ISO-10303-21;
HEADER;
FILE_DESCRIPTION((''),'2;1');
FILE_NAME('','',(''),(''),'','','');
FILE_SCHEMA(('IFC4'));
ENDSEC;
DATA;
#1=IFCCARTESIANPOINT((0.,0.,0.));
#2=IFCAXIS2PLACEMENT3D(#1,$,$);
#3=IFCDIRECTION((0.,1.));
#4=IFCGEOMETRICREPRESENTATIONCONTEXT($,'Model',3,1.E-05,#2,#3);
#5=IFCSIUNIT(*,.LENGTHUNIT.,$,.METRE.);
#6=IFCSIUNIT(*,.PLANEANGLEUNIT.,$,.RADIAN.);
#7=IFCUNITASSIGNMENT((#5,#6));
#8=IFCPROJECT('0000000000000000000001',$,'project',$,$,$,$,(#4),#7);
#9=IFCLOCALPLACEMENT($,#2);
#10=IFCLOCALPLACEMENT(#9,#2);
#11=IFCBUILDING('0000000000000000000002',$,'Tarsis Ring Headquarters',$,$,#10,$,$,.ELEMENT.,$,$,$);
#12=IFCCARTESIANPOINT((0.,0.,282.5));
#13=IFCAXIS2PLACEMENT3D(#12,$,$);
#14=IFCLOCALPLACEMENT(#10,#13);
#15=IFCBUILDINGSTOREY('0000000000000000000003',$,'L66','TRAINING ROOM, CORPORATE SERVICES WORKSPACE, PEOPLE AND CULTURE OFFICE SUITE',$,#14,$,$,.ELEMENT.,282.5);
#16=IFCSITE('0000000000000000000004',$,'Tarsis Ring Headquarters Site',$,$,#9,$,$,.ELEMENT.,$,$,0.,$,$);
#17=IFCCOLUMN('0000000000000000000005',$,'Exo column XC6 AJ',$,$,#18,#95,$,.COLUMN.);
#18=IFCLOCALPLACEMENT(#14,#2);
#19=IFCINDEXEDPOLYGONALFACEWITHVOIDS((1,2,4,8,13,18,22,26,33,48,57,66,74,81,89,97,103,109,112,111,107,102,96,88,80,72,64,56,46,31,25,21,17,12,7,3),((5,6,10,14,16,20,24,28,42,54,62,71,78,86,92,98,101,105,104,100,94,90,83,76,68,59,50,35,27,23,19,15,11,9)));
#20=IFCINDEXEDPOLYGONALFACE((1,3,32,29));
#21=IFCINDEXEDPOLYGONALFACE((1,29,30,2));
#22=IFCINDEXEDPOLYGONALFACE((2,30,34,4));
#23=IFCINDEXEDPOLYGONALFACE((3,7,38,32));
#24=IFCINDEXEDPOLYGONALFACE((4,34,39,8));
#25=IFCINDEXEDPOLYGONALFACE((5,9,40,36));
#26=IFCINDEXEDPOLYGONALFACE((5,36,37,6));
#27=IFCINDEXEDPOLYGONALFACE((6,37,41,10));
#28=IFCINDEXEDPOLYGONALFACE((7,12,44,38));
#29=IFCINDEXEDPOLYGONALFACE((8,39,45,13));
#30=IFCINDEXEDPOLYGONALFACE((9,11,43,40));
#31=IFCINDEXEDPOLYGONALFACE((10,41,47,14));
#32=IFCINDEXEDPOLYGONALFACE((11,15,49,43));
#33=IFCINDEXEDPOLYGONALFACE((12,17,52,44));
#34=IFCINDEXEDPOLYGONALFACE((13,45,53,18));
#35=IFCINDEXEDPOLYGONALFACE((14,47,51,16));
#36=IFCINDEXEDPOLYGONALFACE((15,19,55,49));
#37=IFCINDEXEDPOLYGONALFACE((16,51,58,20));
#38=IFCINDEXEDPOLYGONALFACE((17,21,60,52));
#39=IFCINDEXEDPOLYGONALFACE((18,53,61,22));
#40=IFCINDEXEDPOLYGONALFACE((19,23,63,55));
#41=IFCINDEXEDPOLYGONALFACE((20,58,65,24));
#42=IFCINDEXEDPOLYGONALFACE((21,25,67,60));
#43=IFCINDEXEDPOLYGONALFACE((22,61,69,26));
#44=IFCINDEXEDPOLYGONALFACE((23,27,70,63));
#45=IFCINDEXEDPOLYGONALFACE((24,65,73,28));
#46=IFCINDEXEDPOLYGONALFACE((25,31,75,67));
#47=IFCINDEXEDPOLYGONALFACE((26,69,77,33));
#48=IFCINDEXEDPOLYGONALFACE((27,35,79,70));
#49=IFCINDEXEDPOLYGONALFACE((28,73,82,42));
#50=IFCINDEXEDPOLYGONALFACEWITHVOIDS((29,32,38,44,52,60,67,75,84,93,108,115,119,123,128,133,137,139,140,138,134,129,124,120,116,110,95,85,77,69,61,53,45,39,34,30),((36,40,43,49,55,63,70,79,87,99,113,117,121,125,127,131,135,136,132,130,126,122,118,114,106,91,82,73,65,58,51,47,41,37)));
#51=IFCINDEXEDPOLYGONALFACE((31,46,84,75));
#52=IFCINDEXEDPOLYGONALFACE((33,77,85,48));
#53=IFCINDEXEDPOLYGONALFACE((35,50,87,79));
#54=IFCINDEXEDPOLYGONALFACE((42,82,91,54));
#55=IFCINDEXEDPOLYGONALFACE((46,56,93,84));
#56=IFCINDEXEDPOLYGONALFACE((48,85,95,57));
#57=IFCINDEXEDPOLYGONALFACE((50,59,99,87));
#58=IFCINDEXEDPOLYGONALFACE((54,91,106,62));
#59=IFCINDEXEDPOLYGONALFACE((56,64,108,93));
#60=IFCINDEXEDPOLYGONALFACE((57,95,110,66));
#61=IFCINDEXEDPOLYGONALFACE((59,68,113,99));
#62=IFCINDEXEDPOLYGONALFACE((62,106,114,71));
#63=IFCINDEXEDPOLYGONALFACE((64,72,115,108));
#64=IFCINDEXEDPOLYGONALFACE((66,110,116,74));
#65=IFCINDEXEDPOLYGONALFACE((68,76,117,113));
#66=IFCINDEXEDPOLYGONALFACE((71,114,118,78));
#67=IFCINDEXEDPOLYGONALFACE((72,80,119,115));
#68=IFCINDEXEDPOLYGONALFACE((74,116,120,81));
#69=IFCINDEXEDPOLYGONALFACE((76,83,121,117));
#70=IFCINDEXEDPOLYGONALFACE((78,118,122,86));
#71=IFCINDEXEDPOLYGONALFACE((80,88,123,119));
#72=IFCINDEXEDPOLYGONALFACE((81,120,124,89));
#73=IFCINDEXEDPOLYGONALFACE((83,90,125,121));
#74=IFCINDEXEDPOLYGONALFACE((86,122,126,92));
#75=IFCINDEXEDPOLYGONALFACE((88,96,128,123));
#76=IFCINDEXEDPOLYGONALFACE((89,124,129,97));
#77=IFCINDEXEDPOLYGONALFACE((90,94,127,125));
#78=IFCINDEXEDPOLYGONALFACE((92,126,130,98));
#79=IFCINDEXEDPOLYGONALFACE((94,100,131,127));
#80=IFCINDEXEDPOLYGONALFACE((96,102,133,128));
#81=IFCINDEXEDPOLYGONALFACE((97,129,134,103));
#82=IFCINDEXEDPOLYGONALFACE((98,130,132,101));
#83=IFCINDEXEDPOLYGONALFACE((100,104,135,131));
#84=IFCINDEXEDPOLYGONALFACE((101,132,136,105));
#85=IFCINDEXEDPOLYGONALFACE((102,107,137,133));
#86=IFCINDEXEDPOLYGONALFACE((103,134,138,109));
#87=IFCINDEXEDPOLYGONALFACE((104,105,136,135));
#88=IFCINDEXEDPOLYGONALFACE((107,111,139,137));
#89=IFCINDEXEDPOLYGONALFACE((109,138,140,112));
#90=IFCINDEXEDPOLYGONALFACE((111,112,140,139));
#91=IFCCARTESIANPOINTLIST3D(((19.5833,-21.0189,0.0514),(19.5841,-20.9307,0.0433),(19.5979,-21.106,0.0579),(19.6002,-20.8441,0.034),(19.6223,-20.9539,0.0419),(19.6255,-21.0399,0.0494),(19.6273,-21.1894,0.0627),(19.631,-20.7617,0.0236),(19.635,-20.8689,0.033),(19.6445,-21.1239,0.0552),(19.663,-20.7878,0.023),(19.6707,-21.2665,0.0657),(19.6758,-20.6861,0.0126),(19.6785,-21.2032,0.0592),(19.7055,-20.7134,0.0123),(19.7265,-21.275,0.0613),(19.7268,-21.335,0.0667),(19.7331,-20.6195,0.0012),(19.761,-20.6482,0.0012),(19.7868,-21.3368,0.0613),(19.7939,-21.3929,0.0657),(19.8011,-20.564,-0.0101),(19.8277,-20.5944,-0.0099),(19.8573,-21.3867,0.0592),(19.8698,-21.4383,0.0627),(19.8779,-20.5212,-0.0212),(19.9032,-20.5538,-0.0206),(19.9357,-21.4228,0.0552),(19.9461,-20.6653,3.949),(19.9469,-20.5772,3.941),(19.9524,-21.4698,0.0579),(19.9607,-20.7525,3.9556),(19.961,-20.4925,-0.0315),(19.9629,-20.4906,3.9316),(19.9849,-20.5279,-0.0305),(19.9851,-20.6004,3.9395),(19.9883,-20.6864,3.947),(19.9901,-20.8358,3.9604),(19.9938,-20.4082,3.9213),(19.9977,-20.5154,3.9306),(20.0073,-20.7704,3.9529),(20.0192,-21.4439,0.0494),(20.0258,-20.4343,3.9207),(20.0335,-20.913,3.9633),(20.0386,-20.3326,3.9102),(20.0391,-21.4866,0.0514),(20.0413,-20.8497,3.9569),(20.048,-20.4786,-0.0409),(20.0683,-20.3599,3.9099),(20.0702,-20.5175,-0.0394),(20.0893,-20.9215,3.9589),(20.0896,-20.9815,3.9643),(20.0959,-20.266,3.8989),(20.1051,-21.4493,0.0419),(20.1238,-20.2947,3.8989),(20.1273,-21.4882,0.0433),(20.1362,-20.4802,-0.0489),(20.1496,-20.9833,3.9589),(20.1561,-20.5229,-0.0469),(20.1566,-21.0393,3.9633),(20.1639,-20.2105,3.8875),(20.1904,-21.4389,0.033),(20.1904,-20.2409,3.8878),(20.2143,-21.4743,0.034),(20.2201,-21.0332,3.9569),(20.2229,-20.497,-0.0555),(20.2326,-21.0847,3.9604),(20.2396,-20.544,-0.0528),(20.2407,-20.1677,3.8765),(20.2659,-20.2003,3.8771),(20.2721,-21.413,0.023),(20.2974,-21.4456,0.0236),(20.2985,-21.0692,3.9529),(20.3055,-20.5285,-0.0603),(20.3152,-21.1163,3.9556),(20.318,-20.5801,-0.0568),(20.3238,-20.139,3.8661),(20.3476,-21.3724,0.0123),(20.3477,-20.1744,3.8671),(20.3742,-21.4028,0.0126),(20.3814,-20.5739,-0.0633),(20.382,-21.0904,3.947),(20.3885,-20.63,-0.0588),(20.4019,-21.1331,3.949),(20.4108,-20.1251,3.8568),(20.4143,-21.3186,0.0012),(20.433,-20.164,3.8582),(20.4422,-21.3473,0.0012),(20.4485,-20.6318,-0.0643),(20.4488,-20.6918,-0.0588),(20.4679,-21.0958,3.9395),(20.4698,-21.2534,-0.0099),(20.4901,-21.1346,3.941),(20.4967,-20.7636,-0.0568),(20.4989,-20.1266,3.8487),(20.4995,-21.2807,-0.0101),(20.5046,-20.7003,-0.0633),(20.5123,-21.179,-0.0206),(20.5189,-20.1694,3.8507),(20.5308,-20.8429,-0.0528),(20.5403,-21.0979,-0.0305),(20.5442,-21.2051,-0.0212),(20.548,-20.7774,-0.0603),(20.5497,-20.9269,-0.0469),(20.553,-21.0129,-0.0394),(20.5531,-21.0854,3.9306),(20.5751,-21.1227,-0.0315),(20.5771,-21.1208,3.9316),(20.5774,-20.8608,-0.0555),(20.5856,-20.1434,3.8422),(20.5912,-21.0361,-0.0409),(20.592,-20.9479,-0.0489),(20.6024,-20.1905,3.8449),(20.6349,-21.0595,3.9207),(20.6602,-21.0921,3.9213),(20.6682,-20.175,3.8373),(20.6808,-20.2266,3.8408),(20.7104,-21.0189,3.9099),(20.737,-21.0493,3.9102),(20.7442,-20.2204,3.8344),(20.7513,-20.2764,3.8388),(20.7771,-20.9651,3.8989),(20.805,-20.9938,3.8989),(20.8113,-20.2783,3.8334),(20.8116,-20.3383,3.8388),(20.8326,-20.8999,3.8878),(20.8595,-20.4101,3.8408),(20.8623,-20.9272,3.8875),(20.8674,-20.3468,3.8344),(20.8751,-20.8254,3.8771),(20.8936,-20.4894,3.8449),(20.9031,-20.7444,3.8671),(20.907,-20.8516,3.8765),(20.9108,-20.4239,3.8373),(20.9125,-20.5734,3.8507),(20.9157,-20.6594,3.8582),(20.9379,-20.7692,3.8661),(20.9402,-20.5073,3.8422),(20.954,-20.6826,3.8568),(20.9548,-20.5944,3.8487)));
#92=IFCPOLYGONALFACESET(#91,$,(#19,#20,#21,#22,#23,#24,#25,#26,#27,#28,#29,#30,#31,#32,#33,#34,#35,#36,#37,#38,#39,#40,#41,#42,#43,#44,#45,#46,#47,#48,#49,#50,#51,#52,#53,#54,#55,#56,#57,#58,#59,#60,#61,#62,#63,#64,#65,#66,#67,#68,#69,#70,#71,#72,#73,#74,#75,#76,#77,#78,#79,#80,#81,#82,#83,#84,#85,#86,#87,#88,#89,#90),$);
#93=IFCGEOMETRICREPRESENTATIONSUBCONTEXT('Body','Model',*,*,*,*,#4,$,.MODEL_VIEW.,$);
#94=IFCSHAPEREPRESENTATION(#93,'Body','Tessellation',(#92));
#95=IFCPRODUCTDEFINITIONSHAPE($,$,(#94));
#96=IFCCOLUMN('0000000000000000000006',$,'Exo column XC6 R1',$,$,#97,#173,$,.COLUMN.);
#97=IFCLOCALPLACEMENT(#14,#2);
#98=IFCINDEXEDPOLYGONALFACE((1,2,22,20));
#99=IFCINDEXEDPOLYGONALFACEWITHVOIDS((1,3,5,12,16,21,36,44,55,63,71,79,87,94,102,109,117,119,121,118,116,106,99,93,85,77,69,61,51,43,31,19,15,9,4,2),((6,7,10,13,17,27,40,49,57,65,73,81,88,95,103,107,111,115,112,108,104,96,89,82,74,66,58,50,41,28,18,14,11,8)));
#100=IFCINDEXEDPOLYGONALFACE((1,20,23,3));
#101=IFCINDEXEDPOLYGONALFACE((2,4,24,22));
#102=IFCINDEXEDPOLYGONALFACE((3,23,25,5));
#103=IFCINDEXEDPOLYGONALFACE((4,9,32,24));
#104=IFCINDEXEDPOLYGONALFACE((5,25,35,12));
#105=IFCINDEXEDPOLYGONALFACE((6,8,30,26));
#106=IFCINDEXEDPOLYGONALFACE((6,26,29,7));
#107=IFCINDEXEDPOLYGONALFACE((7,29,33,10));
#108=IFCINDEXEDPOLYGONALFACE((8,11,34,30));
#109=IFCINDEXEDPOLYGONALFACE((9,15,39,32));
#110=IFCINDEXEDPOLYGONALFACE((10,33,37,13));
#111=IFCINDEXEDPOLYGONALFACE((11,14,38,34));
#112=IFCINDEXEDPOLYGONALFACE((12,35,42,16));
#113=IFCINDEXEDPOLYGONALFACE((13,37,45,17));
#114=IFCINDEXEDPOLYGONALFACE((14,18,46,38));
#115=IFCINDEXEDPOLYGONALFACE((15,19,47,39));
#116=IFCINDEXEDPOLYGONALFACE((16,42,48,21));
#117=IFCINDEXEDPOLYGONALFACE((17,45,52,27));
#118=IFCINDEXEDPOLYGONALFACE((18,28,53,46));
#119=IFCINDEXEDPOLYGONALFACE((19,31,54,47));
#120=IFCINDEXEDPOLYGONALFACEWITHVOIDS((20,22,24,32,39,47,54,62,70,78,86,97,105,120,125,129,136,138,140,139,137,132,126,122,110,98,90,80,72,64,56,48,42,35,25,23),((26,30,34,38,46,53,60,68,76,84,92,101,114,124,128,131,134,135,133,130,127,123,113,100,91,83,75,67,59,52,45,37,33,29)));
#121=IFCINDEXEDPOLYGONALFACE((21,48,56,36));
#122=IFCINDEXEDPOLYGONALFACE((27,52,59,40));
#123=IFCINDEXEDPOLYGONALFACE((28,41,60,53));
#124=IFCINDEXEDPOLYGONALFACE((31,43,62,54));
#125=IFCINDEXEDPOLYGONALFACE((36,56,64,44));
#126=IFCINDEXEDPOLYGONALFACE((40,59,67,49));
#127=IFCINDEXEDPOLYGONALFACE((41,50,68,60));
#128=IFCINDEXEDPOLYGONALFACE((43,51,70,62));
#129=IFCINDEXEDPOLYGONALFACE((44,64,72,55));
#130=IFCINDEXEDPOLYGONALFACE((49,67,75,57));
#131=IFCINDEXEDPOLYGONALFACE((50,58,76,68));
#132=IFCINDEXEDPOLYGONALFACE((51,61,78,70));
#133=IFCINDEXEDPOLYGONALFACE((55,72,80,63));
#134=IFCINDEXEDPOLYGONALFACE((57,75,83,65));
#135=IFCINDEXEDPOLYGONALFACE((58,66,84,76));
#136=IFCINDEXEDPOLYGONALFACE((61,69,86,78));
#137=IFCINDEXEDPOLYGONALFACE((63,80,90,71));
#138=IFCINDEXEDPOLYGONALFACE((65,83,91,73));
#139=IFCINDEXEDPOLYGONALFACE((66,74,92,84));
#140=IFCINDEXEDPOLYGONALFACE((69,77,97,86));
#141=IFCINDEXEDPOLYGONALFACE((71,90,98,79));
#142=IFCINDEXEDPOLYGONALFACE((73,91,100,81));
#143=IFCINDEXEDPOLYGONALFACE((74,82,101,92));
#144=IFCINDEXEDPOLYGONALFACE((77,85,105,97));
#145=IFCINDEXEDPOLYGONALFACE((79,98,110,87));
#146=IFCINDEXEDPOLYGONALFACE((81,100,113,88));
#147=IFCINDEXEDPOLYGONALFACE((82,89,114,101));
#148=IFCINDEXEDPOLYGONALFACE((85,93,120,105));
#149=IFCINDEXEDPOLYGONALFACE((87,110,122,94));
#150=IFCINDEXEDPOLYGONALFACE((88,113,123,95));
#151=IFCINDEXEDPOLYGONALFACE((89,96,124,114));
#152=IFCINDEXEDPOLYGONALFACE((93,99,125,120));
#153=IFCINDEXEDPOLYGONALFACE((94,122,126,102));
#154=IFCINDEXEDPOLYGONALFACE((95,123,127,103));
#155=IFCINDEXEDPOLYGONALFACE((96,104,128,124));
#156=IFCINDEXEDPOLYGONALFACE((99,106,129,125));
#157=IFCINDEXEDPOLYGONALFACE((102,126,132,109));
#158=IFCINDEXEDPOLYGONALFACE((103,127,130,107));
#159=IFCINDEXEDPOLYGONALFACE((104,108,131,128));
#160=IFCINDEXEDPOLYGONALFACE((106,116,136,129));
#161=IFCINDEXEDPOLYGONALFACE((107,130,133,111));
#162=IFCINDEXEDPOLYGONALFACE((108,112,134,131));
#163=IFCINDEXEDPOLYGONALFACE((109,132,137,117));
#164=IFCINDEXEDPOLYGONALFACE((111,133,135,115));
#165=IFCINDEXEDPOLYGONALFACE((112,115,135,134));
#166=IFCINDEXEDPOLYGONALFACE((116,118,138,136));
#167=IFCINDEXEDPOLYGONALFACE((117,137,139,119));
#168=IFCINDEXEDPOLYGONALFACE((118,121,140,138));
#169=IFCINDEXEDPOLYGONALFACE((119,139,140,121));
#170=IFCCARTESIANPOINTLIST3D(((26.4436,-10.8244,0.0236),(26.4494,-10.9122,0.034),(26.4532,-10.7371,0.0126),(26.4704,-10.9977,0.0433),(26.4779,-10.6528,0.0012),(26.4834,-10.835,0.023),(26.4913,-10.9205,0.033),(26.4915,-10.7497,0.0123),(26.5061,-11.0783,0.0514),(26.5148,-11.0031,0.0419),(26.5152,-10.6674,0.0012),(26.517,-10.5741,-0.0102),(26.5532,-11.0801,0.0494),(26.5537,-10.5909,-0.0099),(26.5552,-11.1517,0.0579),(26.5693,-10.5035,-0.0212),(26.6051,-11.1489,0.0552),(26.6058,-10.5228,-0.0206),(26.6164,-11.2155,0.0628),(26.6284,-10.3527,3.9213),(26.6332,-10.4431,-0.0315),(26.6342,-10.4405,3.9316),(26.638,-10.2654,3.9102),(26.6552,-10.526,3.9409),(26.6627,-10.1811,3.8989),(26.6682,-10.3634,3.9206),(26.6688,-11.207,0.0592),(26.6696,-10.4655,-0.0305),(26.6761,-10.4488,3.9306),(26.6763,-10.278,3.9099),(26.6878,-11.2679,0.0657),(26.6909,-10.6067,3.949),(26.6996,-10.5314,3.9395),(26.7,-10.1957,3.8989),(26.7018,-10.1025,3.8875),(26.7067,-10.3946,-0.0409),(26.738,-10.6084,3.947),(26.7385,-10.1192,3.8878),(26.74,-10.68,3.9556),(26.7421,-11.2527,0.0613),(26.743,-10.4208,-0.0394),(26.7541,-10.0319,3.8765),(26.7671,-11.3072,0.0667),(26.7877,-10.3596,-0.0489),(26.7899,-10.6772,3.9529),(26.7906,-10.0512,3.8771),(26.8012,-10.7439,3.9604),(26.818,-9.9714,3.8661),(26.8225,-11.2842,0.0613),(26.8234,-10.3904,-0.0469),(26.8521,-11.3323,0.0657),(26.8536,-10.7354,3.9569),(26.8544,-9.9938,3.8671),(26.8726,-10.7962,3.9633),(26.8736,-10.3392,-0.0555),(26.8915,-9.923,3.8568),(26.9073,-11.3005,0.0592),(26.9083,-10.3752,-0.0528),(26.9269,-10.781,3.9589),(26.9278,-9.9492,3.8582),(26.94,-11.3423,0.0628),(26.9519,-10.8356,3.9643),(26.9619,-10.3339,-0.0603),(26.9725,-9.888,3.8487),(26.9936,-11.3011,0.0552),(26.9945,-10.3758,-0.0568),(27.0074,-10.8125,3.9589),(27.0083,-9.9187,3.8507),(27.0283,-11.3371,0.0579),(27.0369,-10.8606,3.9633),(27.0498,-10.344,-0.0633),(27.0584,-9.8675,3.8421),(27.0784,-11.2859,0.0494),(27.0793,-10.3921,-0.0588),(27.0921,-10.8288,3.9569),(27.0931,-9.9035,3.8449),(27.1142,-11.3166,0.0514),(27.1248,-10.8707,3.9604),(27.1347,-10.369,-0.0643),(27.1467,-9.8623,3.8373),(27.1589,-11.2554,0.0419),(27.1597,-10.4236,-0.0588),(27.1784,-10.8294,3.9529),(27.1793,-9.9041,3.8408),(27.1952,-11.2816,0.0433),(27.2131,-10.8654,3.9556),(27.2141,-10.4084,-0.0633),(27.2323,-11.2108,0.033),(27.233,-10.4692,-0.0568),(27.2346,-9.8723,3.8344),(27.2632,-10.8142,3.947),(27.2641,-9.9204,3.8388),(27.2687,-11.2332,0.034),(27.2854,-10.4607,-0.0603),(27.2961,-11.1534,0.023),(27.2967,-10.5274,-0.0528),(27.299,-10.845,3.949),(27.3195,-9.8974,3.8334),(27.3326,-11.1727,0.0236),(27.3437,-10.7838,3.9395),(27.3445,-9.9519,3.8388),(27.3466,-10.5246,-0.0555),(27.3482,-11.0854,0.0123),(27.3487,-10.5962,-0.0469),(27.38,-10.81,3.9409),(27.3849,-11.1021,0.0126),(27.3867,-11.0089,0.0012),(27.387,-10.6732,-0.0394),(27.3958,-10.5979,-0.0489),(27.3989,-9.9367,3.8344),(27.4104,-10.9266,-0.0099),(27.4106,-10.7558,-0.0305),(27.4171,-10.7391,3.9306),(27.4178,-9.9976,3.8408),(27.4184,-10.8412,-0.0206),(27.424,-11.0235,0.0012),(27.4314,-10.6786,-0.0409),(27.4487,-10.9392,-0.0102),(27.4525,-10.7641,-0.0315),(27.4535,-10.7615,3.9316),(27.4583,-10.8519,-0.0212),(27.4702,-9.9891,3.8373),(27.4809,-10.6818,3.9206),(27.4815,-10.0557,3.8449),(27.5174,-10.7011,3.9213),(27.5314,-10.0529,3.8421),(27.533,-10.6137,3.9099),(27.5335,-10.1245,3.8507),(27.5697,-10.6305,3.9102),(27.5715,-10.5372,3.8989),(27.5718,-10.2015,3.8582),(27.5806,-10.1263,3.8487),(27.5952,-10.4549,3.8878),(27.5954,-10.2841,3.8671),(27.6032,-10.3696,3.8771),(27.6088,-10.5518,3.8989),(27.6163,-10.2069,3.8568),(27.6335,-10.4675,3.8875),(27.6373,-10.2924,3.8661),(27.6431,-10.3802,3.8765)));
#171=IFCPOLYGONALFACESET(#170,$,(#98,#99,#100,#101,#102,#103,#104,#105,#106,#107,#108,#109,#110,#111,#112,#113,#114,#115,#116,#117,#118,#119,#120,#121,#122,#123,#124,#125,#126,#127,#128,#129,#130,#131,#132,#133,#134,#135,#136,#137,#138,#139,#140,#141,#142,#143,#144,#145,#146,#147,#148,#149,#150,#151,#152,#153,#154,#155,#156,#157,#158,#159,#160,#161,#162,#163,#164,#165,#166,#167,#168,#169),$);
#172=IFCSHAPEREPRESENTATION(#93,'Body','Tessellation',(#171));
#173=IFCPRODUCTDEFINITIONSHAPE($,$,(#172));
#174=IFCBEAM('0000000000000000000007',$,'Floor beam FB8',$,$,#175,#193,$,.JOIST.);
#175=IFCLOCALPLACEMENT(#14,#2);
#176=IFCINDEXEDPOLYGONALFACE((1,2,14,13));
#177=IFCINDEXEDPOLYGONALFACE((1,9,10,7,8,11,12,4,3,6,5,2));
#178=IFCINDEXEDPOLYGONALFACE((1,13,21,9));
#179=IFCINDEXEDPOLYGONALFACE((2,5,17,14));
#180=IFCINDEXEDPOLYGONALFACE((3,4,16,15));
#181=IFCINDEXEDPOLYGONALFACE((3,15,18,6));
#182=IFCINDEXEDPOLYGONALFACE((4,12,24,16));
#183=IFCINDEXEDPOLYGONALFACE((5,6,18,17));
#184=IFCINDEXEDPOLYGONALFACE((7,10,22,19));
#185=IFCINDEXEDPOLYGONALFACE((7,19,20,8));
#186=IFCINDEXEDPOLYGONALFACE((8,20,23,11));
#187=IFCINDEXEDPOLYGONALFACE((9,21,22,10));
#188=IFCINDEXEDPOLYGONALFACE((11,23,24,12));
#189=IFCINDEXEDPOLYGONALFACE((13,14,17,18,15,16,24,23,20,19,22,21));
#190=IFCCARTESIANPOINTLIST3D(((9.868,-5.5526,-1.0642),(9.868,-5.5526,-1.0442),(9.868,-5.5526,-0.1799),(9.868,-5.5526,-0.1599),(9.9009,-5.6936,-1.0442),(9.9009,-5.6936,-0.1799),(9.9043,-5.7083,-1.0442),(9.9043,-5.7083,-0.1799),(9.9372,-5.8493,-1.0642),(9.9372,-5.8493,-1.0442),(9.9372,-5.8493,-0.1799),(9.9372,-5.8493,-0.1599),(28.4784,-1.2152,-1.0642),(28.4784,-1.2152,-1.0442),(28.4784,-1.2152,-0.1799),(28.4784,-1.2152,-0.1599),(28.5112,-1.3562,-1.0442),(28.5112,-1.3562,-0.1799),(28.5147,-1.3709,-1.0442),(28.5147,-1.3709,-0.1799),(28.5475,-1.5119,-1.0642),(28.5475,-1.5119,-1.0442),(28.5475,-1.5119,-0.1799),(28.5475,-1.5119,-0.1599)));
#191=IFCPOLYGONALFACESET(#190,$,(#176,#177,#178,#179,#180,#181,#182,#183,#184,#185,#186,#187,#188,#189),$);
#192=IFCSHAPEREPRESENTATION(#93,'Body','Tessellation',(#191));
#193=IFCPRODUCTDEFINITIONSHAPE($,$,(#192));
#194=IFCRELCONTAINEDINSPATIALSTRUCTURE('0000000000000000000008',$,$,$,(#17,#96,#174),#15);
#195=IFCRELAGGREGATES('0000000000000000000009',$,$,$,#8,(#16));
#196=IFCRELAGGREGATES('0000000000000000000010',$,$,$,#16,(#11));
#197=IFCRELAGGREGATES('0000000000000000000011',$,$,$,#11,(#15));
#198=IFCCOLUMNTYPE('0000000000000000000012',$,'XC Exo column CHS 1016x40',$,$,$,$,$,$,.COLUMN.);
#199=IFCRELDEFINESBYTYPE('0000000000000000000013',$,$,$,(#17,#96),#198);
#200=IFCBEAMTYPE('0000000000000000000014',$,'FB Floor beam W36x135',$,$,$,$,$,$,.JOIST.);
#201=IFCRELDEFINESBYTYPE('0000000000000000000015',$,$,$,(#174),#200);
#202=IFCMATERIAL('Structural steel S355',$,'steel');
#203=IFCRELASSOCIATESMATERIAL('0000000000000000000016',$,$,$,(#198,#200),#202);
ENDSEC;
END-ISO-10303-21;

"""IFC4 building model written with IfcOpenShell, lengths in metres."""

from ifc_helpers import new_model, si_unit, direction, frame, origin, origin_2d, place, context, subcontext, project, spatial, hollow_circle, i_section, extrude, material, material_profile, profile_set, type_object, element, save


model = new_model("IFC4")

# Units and contexts
model_context = context("Model", 3, precision=1e-05, world=origin(), true_north=direction((0.0, 1.0)))
body_context = subcontext(model_context, "Body", "Model", "MODEL_VIEW")
ifc_project = project(units=[si_unit("LENGTHUNIT", "METRE"), si_unit("PLANEANGLEUNIT", "RADIAN")], contexts=[model_context])

# Site, building, storey
site_placement = place(None, origin())
site = spatial("IfcSite", under=ifc_project, at=site_placement, Name="Tarsis Ring Headquarters Site", CompositionType="ELEMENT", RefElevation=0.0)
building_placement = place(site_placement, origin())
building = spatial("IfcBuilding", under=site, at=building_placement, Name="Tarsis Ring Headquarters", CompositionType="ELEMENT")
storey_placement = place(building_placement, frame((0.0, 0.0, 282.5)))
storey = spatial("IfcBuildingStorey", under=building, at=storey_placement, Name="L66", Description="TRAINING ROOM, CORPORATE SERVICES WORKSPACE, PEOPLE AND CULTURE OFFICE SUITE", CompositionType="ELEMENT", Elevation=282.5)

# Columns
ifc_material_1 = material(Name="Structural steel S355", Category="steel")
ifc_material_profile_1 = material_profile(ifc_material_1, hollow_circle(Radius=0.5081, WallThickness=0.04, at=origin_2d()), Name="CHS 1016x40")
ifc_profile_set_1 = profile_set([ifc_material_profile_1], Name="Structural steel S355")
column_type = type_object("IfcColumnType", Name="XC Exo column CHS 1016x40", PredefinedType="COLUMN", material=ifc_profile_set_1)
for number, where, z_axis, x_axis, name in (
    (1, (20.0876, -20.9834, 0.0012), (0.092302, 0.089942, 0.991661), (-0.69789, 0.716205, 0.0), "Exo column XC6 AJ"),
    (2, (26.9509, -10.8381, 0.0012), (0.047021, 0.120005, 0.991659), (-0.931079, 0.364817, 0.0), "Exo column XC6 R1"),
):
    element("IfcColumn", number, at=place(storey_placement, frame(where, z_axis=z_axis, x_axis=x_axis)), inside=storey, type_object=column_type, Name=name, PredefinedType="COLUMN", context=body_context, shape_type="SweptSolid", body=[
        extrude(hollow_circle(Radius=0.5081, WallThickness=0.04, at=origin_2d()), origin(), (0.0, 0.0, 1.0), 3.9304),
    ])

# Beam
ifc_material_profile_2 = material_profile(ifc_material_1, i_section(OverallWidth=0.3047, OverallDepth=0.9043, WebThickness=0.0151, FlangeThickness=0.02, at=origin_2d()), Name="W36x135")
ifc_profile_set_2 = profile_set([ifc_material_profile_2], Name="Structural steel S355")
beam_type_1 = type_object("IfcBeamType", Name="FB Floor beam W36x135", PredefinedType="JOIST", material=ifc_profile_set_2)
beam_placement = place(storey_placement, frame((9.9026, -5.7009, -0.6121), z_axis=(0.973899, 0.226981, 0.0), x_axis=(-0.226981, 0.973899, 0.0)))
element("IfcBeam", 3, at=beam_placement, inside=storey, type_object=beam_type_1, Name="Floor beam FB8", PredefinedType="JOIST", context=body_context, shape_type="SweptSolid", body=[
    extrude(i_section(OverallWidth=0.3047, OverallDepth=0.9043, WebThickness=0.0151, FlangeThickness=0.02, at=origin_2d()), origin(), (0.0, 0.0, 1.0), 19.1091),
])

save(model, "model.ifc")
